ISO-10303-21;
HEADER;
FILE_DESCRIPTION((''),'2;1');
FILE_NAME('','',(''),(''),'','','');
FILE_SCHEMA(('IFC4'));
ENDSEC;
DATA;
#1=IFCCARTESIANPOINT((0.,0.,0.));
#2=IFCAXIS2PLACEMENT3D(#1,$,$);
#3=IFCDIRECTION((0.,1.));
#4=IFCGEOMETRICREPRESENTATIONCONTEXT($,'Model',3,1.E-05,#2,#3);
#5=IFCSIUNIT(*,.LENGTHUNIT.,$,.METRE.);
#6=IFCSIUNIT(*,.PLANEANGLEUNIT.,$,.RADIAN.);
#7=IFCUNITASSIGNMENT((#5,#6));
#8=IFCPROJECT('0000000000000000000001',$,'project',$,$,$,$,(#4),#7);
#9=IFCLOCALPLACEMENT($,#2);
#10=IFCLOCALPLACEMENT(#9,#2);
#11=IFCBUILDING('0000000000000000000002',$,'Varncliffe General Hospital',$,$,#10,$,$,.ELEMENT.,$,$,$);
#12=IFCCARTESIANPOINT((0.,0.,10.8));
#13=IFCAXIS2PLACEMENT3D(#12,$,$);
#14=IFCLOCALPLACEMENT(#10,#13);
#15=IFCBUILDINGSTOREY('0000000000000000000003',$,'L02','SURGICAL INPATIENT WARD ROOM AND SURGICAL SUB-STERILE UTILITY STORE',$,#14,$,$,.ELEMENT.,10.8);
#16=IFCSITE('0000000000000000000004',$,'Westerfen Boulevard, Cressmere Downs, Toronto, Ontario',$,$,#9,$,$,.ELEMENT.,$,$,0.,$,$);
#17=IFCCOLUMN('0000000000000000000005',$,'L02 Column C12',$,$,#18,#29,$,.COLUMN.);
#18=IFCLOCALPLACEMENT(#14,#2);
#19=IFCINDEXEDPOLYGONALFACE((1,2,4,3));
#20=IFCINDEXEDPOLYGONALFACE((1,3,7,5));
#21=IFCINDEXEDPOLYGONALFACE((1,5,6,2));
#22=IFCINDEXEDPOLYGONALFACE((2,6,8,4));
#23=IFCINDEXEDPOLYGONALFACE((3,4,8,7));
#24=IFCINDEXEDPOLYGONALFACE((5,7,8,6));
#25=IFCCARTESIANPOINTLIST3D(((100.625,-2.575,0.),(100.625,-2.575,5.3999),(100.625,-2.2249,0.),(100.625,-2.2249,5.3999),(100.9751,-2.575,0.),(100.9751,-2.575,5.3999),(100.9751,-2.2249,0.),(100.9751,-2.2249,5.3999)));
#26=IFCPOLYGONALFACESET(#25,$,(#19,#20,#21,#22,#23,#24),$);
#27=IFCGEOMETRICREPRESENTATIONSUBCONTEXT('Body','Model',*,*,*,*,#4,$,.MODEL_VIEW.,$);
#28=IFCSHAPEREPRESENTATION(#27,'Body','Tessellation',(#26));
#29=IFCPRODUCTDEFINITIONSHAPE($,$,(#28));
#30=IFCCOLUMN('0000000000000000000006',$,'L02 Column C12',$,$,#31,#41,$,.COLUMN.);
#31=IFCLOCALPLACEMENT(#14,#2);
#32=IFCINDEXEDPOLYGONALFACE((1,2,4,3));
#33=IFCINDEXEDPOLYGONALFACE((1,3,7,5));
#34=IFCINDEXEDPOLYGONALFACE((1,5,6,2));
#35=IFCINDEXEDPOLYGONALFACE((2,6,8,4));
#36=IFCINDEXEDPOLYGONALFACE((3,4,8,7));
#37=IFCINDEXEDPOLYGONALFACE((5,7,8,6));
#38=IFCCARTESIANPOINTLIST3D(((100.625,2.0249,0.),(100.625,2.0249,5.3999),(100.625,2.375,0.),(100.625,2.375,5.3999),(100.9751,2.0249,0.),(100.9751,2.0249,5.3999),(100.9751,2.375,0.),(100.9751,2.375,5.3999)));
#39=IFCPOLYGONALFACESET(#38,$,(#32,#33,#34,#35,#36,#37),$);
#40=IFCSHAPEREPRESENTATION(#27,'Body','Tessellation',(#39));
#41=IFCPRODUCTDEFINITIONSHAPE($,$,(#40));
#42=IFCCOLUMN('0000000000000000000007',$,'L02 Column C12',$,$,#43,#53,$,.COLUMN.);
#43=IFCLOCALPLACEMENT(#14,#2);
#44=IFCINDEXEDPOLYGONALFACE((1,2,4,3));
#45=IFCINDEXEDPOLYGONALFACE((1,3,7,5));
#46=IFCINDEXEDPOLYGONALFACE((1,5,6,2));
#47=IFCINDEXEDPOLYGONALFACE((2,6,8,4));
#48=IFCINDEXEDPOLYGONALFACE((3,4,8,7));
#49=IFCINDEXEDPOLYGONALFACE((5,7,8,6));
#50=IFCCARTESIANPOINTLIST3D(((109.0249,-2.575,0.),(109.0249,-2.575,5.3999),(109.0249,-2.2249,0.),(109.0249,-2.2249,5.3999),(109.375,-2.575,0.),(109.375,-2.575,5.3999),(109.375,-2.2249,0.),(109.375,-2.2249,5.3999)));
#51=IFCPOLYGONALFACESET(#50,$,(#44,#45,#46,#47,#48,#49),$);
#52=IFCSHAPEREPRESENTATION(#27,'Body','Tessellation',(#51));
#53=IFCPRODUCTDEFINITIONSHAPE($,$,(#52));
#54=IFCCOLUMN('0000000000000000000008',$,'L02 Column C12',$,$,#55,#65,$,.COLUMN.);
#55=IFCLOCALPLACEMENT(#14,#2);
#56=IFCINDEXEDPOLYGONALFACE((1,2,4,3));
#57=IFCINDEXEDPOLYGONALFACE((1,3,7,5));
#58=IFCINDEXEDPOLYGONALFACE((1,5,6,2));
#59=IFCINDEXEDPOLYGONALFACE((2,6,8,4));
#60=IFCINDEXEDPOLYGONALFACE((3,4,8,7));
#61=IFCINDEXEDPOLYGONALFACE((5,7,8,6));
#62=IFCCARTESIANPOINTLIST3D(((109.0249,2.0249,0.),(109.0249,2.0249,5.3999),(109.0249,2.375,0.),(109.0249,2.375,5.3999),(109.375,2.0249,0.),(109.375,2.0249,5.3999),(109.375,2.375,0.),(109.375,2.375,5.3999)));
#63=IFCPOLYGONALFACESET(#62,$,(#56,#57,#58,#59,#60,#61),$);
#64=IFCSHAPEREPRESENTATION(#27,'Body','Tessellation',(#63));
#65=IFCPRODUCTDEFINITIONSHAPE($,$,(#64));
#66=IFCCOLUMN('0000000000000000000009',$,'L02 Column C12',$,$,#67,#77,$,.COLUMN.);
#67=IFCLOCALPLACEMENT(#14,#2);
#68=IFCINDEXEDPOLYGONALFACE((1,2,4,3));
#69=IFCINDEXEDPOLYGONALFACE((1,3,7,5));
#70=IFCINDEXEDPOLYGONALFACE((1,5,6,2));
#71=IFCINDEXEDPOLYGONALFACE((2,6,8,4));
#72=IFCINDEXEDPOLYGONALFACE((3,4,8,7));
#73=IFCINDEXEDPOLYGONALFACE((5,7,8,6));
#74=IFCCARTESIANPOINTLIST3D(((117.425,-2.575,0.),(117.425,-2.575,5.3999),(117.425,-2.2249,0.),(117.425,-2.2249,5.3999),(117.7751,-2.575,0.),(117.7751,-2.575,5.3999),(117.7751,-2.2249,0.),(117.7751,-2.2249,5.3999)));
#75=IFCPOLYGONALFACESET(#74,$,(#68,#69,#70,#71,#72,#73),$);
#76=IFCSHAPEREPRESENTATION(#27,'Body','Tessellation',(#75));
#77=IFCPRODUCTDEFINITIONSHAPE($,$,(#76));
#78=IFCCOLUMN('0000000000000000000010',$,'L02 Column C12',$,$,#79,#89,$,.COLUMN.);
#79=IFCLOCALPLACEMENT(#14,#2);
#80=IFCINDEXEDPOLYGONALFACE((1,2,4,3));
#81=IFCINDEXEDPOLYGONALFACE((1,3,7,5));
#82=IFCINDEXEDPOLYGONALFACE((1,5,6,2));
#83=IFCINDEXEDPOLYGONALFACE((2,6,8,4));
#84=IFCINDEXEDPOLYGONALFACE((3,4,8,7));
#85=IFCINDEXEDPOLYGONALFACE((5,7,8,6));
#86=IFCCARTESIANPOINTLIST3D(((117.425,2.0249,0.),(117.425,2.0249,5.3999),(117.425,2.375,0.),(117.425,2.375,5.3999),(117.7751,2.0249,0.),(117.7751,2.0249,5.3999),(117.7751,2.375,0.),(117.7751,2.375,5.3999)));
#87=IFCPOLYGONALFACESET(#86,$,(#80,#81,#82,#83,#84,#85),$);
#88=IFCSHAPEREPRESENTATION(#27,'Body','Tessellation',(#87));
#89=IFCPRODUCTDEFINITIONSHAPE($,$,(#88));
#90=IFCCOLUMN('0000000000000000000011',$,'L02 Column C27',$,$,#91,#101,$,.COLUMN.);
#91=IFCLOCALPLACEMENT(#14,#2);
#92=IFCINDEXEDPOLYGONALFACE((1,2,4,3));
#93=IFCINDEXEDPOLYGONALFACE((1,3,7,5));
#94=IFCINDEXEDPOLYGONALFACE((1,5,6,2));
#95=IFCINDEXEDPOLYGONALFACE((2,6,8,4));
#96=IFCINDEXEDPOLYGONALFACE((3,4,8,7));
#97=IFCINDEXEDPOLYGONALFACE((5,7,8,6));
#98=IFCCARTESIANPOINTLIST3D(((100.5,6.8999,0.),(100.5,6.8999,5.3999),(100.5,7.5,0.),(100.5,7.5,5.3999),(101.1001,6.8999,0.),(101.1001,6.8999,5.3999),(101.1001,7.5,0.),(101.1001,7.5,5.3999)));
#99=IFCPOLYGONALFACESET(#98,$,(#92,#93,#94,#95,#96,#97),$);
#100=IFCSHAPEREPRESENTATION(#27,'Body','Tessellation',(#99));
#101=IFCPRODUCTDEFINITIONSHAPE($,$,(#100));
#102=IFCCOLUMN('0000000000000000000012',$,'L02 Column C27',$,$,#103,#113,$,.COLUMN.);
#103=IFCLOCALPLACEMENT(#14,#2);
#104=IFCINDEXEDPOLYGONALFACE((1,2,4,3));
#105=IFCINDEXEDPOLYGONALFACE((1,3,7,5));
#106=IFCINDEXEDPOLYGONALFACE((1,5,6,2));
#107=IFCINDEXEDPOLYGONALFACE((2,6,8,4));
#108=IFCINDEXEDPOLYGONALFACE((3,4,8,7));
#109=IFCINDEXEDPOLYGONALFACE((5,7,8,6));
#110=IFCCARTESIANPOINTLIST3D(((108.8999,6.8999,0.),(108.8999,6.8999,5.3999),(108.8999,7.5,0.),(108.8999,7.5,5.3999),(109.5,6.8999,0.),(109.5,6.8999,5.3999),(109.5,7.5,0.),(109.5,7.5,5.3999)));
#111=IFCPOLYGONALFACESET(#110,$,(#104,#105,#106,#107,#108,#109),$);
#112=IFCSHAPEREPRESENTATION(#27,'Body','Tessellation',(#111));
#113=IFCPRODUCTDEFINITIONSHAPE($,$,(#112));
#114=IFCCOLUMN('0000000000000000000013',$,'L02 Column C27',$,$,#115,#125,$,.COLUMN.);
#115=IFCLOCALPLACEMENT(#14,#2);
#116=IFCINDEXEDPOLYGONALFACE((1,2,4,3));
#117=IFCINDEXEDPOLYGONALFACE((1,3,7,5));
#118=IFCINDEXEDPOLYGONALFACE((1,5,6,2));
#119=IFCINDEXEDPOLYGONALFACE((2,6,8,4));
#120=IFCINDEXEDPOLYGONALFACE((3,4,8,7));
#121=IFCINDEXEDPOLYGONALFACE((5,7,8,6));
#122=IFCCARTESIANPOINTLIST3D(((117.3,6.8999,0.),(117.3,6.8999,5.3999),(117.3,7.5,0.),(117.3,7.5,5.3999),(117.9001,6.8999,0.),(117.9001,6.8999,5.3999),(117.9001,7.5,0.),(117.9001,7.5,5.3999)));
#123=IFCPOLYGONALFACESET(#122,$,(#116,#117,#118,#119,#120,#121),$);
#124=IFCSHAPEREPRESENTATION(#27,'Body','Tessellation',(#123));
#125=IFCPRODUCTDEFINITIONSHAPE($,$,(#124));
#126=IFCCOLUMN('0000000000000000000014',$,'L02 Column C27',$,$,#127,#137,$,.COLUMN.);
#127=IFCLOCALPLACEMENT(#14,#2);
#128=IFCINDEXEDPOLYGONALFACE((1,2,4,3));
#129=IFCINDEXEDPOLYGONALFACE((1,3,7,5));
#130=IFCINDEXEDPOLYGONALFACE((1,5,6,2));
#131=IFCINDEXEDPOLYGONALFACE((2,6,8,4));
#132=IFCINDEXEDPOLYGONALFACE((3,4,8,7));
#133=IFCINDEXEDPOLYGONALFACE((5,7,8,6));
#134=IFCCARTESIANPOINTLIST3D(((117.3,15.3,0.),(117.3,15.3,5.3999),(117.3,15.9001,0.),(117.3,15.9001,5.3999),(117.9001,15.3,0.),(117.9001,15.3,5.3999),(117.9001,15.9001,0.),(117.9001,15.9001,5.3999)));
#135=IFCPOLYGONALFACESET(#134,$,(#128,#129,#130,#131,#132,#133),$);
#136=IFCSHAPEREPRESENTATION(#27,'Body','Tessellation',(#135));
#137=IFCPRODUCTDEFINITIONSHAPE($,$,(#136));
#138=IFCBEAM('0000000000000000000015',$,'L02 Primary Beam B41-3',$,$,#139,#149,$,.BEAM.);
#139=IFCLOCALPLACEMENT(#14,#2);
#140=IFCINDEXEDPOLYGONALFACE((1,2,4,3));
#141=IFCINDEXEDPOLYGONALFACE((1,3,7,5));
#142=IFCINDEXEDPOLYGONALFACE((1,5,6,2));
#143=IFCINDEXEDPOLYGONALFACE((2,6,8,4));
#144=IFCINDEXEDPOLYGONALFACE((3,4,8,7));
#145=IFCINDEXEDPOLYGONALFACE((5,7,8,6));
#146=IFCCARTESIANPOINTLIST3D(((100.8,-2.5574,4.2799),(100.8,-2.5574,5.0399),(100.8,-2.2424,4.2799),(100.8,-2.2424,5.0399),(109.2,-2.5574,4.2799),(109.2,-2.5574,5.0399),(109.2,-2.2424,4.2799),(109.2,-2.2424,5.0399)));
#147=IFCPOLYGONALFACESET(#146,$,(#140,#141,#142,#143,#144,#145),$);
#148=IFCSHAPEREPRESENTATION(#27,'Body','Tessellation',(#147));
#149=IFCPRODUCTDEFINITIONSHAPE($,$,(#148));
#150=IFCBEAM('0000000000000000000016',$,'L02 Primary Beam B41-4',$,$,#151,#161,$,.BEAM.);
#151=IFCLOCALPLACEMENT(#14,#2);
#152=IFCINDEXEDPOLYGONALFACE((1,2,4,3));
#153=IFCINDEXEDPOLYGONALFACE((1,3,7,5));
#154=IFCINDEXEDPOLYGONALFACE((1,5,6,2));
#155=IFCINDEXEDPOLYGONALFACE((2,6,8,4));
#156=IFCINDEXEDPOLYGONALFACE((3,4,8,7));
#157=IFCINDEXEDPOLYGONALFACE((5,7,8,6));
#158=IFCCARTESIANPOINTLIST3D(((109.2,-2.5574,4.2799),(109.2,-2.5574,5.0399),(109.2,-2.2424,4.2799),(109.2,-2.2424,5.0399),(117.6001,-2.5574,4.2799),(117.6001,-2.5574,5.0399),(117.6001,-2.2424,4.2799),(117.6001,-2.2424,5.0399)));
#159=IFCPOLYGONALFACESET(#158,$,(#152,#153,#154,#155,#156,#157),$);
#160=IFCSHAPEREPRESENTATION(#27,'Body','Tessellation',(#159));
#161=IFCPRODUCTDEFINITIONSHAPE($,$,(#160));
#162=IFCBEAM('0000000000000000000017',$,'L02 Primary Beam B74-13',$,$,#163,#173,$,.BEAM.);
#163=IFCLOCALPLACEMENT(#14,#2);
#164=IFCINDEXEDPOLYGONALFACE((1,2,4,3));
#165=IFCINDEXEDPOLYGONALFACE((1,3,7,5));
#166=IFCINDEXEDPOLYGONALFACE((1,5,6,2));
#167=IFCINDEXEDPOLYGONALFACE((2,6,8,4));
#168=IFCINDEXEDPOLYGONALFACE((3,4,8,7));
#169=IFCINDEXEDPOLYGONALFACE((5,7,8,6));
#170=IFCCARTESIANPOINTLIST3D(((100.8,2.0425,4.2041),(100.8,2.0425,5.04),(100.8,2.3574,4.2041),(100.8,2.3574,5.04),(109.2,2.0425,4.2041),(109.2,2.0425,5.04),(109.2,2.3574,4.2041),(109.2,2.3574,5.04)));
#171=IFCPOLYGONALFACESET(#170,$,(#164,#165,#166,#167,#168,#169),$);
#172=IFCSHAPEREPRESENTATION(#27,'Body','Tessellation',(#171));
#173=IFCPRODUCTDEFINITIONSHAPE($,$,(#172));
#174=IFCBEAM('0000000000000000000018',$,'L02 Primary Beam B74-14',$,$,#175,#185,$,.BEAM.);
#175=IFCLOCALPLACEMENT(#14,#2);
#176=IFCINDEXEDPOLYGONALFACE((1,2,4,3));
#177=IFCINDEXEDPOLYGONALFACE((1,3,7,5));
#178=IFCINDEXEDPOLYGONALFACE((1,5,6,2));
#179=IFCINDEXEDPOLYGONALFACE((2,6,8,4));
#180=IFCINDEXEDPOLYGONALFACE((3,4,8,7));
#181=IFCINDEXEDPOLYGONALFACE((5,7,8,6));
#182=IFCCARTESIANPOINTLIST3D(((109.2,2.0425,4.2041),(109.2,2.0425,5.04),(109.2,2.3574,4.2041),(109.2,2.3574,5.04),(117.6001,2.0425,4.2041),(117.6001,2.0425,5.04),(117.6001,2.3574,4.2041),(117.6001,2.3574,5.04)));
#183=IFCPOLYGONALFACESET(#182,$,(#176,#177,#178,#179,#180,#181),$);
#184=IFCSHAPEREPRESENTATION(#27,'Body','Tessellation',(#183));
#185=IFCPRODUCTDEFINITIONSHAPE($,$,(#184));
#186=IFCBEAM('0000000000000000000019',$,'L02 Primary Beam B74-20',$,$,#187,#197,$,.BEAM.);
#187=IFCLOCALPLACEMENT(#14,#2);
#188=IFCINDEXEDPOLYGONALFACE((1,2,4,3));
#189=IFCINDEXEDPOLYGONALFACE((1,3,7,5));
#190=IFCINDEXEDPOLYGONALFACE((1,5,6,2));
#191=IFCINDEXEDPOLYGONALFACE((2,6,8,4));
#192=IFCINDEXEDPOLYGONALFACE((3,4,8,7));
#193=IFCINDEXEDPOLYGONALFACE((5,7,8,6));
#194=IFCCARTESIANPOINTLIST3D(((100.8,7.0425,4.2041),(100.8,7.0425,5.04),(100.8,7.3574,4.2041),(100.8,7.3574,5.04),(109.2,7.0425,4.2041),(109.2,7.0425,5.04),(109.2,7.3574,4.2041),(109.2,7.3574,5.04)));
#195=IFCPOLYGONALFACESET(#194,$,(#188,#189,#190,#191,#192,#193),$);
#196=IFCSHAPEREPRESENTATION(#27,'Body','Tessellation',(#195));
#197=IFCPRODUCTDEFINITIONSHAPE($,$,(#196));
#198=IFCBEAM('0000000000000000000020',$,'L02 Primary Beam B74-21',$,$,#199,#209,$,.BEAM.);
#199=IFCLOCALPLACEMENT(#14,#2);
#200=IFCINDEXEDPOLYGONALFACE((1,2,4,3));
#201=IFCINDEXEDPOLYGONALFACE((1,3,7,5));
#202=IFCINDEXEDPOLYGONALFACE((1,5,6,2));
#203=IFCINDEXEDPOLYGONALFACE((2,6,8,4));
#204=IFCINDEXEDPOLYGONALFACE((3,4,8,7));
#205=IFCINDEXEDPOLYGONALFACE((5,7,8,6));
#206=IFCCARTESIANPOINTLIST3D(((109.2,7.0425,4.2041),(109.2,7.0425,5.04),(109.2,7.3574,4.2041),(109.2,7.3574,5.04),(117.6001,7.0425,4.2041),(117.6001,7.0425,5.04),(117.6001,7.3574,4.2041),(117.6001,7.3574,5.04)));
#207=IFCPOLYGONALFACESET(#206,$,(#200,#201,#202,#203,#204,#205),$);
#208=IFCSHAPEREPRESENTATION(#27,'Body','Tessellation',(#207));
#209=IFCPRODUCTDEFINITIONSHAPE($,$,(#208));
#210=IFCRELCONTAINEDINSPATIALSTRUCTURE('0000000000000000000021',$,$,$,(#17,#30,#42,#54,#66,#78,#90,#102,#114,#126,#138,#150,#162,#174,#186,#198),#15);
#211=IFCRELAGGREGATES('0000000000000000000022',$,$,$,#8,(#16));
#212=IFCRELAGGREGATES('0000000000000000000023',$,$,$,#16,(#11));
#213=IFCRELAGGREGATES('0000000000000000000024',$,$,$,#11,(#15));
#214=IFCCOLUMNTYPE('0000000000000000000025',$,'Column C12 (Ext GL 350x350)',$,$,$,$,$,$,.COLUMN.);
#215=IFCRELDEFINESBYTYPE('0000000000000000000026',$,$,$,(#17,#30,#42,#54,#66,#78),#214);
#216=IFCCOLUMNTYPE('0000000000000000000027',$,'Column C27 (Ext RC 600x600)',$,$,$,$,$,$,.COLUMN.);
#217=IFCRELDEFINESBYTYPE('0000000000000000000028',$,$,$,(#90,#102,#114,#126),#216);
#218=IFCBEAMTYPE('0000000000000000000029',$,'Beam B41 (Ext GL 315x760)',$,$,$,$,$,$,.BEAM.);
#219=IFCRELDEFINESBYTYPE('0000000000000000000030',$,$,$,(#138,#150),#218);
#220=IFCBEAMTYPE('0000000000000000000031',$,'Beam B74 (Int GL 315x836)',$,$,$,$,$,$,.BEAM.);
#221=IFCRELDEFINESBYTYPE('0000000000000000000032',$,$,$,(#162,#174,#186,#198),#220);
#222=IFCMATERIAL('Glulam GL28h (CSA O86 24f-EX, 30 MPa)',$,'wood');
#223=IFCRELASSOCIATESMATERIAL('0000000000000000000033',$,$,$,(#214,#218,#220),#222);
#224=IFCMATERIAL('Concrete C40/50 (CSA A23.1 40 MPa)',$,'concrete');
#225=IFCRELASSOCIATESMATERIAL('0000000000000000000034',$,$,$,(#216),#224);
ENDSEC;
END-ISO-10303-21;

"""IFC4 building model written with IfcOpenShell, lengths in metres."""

from ifc_helpers import new_model, si_unit, direction, frame, origin, origin_2d, place, context, subcontext, project, spatial, rectangle, extrude, material, material_profile, profile_set, type_object, element, save


model = new_model("IFC4")

# Units and contexts
model_context = context("Model", 3, precision=1e-05, world=origin(), true_north=direction((0.0, 1.0)))
body_context = subcontext(model_context, "Body", "Model", "MODEL_VIEW")
ifc_project = project(units=[si_unit("LENGTHUNIT", "METRE"), si_unit("PLANEANGLEUNIT", "RADIAN")], contexts=[model_context])

# Site, building, storey
site_placement = place(None, origin())
site = spatial("IfcSite", under=ifc_project, at=site_placement, Name="Westerfen Boulevard, Cressmere Downs, Toronto, Ontario", CompositionType="ELEMENT", RefElevation=0.0)
building_placement = place(site_placement, origin())
building = spatial("IfcBuilding", under=site, at=building_placement, Name="Varncliffe General Hospital", CompositionType="ELEMENT")
storey_placement = place(building_placement, frame((0.0, 0.0, 10.8)))
storey = spatial("IfcBuildingStorey", under=building, at=storey_placement, Name="L02", Description="SURGICAL INPATIENT WARD ROOM AND SURGICAL SUB-STERILE UTILITY STORE", CompositionType="ELEMENT", Elevation=10.8)

# Columns
ifc_material_1 = material(Name="Glulam GL28h (CSA O86 24f-EX, 30 MPa)", Category="wood")
ifc_material_profile_1 = material_profile(ifc_material_1, rectangle(XDim=0.3501, YDim=0.3501, at=origin_2d()), Name="GL 350x350")
ifc_profile_set_1 = profile_set([ifc_material_profile_1], Name="Glulam GL28h (CSA O86 24f-EX, 30 MPa)")
column_type_1 = type_object("IfcColumnType", Name="Column C12 (Ext GL 350x350)", PredefinedType="COLUMN", material=ifc_profile_set_1)
for number, where, z_axis, x_axis, name in (
    (1, (100.8, -2.3999, 0.0), (0.0, 0.0, 1.0), (1.0, 0.0, 0.0), "L02 Column C12"),
    (2, (100.8, 2.2, 0.0), (0.0, 0.0, 1.0), (1.0, 0.0, 0.0), "L02 Column C12"),
    (3, (109.2, -2.3999, 0.0), (0.0, 0.0, 1.0), (1.0, 0.0, 0.0), "L02 Column C12"),
    (4, (109.2, 2.2, 0.0), (0.0, 0.0, 1.0), (1.0, 0.0, 0.0), "L02 Column C12"),
    (5, (117.6001, -2.3999, 0.0), (0.0, 0.0, 1.0), (1.0, 0.0, 0.0), "L02 Column C12"),
    (6, (117.6001, 2.2, 0.0), (0.0, 0.0, 1.0), (1.0, 0.0, 0.0), "L02 Column C12"),
):
    element("IfcColumn", number, at=place(storey_placement, frame(where, z_axis=z_axis, x_axis=x_axis)), inside=storey, type_object=column_type_1, Name=name, PredefinedType="COLUMN", context=body_context, shape_type="SweptSolid", body=[
        extrude(rectangle(XDim=0.3501, YDim=0.3501, at=origin_2d()), origin(), (0.0, 0.0, 1.0), 5.3999),
    ])
ifc_material_2 = material(Name="Concrete C40/50 (CSA A23.1 40 MPa)", Category="concrete")
ifc_material_profile_2 = material_profile(ifc_material_2, rectangle(XDim=0.6001, YDim=0.6001, at=origin_2d()), Name="RC 600x600")
ifc_profile_set_2 = profile_set([ifc_material_profile_2], Name="Concrete C40/50 (CSA A23.1 40 MPa)")
column_type_2 = type_object("IfcColumnType", Name="Column C27 (Ext RC 600x600)", PredefinedType="COLUMN", material=ifc_profile_set_2)
for number, where, z_axis, x_axis, name in (
    (7, (100.8, 7.2, 0.0), (0.0, 0.0, 1.0), (1.0, 0.0, 0.0), "L02 Column C27"),
    (8, (109.2, 7.2, 0.0), (0.0, 0.0, 1.0), (1.0, 0.0, 0.0), "L02 Column C27"),
    (9, (117.6001, 7.2, 0.0), (0.0, 0.0, 1.0), (1.0, 0.0, 0.0), "L02 Column C27"),
    (10, (117.6001, 15.6001, 0.0), (0.0, 0.0, 1.0), (1.0, 0.0, 0.0), "L02 Column C27"),
):
    element("IfcColumn", number, at=place(storey_placement, frame(where, z_axis=z_axis, x_axis=x_axis)), inside=storey, type_object=column_type_2, Name=name, PredefinedType="COLUMN", context=body_context, shape_type="SweptSolid", body=[
        extrude(rectangle(XDim=0.6001, YDim=0.6001, at=origin_2d()), origin(), (0.0, 0.0, 1.0), 5.3999),
    ])

# Beams
ifc_material_profile_3 = material_profile(ifc_material_1, rectangle(XDim=0.3149, YDim=0.76, at=origin_2d()), Name="GL 315x760")
ifc_profile_set_3 = profile_set([ifc_material_profile_3], Name="Glulam GL28h (CSA O86 24f-EX, 30 MPa)")
beam_type_1 = type_object("IfcBeamType", Name="Beam B41 (Ext GL 315x760)", PredefinedType="BEAM", material=ifc_profile_set_3)
beam_1_placement = place(storey_placement, frame((100.8, -2.3999, 4.6599), z_axis=(1.0, 0.0, 0.0), x_axis=(0.0, 1.0, 0.0)))
element("IfcBeam", 11, at=beam_1_placement, inside=storey, type_object=beam_type_1, Name="L02 Primary Beam B41-3", PredefinedType="BEAM", context=body_context, shape_type="SweptSolid", body=[
    extrude(rectangle(XDim=0.3149, YDim=0.76, at=origin_2d()), origin(), (0.0, 0.0, 1.0), 8.3999),
])
beam_2_placement = place(storey_placement, frame((109.2, -2.3999, 4.6599), z_axis=(1.0, 0.0, 0.0), x_axis=(0.0, 1.0, 0.0)))
element("IfcBeam", 12, at=beam_2_placement, inside=storey, type_object=beam_type_1, Name="L02 Primary Beam B41-4", PredefinedType="BEAM", context=body_context, shape_type="SweptSolid", body=[
    extrude(rectangle(XDim=0.3149, YDim=0.76, at=origin_2d()), origin(), (0.0, 0.0, 1.0), 8.4001),
])
ifc_material_profile_4 = material_profile(ifc_material_1, rectangle(XDim=0.3149, YDim=0.8359, at=origin_2d()), Name="GL 315x836")
ifc_profile_set_4 = profile_set([ifc_material_profile_4], Name="Glulam GL28h (CSA O86 24f-EX, 30 MPa)")
beam_type_2 = type_object("IfcBeamType", Name="Beam B74 (Int GL 315x836)", PredefinedType="BEAM", material=ifc_profile_set_4)
beam_3_placement = place(storey_placement, frame((100.8, 2.2, 4.6221), z_axis=(1.0, 0.0, 0.0), x_axis=(0.0, 1.0, 0.0)))
element("IfcBeam", 13, at=beam_3_placement, inside=storey, type_object=beam_type_2, Name="L02 Primary Beam B74-13", PredefinedType="BEAM", context=body_context, shape_type="SweptSolid", body=[
    extrude(rectangle(XDim=0.3149, YDim=0.8359, at=origin_2d()), origin(), (0.0, 0.0, 1.0), 8.3999),
])
beam_4_placement = place(storey_placement, frame((109.2, 2.2, 4.6221), z_axis=(1.0, 0.0, 0.0), x_axis=(0.0, 1.0, 0.0)))
element("IfcBeam", 14, at=beam_4_placement, inside=storey, type_object=beam_type_2, Name="L02 Primary Beam B74-14", PredefinedType="BEAM", context=body_context, shape_type="SweptSolid", body=[
    extrude(rectangle(XDim=0.3149, YDim=0.8359, at=origin_2d()), origin(), (0.0, 0.0, 1.0), 8.4001),
])
beam_5_placement = place(storey_placement, frame((100.8, 7.2, 4.6221), z_axis=(1.0, 0.0, 0.0), x_axis=(0.0, 1.0, 0.0)))
element("IfcBeam", 15, at=beam_5_placement, inside=storey, type_object=beam_type_2, Name="L02 Primary Beam B74-20", PredefinedType="BEAM", context=body_context, shape_type="SweptSolid", body=[
    extrude(rectangle(XDim=0.3149, YDim=0.8359, at=origin_2d()), origin(), (0.0, 0.0, 1.0), 8.3999),
])
beam_6_placement = place(storey_placement, frame((109.2, 7.2, 4.6221), z_axis=(1.0, 0.0, 0.0), x_axis=(0.0, 1.0, 0.0)))
element("IfcBeam", 16, at=beam_6_placement, inside=storey, type_object=beam_type_2, Name="L02 Primary Beam B74-21", PredefinedType="BEAM", context=body_context, shape_type="SweptSolid", body=[
    extrude(rectangle(XDim=0.3149, YDim=0.8359, at=origin_2d()), origin(), (0.0, 0.0, 1.0), 8.4001),
])

save(model, "model.ifc")
